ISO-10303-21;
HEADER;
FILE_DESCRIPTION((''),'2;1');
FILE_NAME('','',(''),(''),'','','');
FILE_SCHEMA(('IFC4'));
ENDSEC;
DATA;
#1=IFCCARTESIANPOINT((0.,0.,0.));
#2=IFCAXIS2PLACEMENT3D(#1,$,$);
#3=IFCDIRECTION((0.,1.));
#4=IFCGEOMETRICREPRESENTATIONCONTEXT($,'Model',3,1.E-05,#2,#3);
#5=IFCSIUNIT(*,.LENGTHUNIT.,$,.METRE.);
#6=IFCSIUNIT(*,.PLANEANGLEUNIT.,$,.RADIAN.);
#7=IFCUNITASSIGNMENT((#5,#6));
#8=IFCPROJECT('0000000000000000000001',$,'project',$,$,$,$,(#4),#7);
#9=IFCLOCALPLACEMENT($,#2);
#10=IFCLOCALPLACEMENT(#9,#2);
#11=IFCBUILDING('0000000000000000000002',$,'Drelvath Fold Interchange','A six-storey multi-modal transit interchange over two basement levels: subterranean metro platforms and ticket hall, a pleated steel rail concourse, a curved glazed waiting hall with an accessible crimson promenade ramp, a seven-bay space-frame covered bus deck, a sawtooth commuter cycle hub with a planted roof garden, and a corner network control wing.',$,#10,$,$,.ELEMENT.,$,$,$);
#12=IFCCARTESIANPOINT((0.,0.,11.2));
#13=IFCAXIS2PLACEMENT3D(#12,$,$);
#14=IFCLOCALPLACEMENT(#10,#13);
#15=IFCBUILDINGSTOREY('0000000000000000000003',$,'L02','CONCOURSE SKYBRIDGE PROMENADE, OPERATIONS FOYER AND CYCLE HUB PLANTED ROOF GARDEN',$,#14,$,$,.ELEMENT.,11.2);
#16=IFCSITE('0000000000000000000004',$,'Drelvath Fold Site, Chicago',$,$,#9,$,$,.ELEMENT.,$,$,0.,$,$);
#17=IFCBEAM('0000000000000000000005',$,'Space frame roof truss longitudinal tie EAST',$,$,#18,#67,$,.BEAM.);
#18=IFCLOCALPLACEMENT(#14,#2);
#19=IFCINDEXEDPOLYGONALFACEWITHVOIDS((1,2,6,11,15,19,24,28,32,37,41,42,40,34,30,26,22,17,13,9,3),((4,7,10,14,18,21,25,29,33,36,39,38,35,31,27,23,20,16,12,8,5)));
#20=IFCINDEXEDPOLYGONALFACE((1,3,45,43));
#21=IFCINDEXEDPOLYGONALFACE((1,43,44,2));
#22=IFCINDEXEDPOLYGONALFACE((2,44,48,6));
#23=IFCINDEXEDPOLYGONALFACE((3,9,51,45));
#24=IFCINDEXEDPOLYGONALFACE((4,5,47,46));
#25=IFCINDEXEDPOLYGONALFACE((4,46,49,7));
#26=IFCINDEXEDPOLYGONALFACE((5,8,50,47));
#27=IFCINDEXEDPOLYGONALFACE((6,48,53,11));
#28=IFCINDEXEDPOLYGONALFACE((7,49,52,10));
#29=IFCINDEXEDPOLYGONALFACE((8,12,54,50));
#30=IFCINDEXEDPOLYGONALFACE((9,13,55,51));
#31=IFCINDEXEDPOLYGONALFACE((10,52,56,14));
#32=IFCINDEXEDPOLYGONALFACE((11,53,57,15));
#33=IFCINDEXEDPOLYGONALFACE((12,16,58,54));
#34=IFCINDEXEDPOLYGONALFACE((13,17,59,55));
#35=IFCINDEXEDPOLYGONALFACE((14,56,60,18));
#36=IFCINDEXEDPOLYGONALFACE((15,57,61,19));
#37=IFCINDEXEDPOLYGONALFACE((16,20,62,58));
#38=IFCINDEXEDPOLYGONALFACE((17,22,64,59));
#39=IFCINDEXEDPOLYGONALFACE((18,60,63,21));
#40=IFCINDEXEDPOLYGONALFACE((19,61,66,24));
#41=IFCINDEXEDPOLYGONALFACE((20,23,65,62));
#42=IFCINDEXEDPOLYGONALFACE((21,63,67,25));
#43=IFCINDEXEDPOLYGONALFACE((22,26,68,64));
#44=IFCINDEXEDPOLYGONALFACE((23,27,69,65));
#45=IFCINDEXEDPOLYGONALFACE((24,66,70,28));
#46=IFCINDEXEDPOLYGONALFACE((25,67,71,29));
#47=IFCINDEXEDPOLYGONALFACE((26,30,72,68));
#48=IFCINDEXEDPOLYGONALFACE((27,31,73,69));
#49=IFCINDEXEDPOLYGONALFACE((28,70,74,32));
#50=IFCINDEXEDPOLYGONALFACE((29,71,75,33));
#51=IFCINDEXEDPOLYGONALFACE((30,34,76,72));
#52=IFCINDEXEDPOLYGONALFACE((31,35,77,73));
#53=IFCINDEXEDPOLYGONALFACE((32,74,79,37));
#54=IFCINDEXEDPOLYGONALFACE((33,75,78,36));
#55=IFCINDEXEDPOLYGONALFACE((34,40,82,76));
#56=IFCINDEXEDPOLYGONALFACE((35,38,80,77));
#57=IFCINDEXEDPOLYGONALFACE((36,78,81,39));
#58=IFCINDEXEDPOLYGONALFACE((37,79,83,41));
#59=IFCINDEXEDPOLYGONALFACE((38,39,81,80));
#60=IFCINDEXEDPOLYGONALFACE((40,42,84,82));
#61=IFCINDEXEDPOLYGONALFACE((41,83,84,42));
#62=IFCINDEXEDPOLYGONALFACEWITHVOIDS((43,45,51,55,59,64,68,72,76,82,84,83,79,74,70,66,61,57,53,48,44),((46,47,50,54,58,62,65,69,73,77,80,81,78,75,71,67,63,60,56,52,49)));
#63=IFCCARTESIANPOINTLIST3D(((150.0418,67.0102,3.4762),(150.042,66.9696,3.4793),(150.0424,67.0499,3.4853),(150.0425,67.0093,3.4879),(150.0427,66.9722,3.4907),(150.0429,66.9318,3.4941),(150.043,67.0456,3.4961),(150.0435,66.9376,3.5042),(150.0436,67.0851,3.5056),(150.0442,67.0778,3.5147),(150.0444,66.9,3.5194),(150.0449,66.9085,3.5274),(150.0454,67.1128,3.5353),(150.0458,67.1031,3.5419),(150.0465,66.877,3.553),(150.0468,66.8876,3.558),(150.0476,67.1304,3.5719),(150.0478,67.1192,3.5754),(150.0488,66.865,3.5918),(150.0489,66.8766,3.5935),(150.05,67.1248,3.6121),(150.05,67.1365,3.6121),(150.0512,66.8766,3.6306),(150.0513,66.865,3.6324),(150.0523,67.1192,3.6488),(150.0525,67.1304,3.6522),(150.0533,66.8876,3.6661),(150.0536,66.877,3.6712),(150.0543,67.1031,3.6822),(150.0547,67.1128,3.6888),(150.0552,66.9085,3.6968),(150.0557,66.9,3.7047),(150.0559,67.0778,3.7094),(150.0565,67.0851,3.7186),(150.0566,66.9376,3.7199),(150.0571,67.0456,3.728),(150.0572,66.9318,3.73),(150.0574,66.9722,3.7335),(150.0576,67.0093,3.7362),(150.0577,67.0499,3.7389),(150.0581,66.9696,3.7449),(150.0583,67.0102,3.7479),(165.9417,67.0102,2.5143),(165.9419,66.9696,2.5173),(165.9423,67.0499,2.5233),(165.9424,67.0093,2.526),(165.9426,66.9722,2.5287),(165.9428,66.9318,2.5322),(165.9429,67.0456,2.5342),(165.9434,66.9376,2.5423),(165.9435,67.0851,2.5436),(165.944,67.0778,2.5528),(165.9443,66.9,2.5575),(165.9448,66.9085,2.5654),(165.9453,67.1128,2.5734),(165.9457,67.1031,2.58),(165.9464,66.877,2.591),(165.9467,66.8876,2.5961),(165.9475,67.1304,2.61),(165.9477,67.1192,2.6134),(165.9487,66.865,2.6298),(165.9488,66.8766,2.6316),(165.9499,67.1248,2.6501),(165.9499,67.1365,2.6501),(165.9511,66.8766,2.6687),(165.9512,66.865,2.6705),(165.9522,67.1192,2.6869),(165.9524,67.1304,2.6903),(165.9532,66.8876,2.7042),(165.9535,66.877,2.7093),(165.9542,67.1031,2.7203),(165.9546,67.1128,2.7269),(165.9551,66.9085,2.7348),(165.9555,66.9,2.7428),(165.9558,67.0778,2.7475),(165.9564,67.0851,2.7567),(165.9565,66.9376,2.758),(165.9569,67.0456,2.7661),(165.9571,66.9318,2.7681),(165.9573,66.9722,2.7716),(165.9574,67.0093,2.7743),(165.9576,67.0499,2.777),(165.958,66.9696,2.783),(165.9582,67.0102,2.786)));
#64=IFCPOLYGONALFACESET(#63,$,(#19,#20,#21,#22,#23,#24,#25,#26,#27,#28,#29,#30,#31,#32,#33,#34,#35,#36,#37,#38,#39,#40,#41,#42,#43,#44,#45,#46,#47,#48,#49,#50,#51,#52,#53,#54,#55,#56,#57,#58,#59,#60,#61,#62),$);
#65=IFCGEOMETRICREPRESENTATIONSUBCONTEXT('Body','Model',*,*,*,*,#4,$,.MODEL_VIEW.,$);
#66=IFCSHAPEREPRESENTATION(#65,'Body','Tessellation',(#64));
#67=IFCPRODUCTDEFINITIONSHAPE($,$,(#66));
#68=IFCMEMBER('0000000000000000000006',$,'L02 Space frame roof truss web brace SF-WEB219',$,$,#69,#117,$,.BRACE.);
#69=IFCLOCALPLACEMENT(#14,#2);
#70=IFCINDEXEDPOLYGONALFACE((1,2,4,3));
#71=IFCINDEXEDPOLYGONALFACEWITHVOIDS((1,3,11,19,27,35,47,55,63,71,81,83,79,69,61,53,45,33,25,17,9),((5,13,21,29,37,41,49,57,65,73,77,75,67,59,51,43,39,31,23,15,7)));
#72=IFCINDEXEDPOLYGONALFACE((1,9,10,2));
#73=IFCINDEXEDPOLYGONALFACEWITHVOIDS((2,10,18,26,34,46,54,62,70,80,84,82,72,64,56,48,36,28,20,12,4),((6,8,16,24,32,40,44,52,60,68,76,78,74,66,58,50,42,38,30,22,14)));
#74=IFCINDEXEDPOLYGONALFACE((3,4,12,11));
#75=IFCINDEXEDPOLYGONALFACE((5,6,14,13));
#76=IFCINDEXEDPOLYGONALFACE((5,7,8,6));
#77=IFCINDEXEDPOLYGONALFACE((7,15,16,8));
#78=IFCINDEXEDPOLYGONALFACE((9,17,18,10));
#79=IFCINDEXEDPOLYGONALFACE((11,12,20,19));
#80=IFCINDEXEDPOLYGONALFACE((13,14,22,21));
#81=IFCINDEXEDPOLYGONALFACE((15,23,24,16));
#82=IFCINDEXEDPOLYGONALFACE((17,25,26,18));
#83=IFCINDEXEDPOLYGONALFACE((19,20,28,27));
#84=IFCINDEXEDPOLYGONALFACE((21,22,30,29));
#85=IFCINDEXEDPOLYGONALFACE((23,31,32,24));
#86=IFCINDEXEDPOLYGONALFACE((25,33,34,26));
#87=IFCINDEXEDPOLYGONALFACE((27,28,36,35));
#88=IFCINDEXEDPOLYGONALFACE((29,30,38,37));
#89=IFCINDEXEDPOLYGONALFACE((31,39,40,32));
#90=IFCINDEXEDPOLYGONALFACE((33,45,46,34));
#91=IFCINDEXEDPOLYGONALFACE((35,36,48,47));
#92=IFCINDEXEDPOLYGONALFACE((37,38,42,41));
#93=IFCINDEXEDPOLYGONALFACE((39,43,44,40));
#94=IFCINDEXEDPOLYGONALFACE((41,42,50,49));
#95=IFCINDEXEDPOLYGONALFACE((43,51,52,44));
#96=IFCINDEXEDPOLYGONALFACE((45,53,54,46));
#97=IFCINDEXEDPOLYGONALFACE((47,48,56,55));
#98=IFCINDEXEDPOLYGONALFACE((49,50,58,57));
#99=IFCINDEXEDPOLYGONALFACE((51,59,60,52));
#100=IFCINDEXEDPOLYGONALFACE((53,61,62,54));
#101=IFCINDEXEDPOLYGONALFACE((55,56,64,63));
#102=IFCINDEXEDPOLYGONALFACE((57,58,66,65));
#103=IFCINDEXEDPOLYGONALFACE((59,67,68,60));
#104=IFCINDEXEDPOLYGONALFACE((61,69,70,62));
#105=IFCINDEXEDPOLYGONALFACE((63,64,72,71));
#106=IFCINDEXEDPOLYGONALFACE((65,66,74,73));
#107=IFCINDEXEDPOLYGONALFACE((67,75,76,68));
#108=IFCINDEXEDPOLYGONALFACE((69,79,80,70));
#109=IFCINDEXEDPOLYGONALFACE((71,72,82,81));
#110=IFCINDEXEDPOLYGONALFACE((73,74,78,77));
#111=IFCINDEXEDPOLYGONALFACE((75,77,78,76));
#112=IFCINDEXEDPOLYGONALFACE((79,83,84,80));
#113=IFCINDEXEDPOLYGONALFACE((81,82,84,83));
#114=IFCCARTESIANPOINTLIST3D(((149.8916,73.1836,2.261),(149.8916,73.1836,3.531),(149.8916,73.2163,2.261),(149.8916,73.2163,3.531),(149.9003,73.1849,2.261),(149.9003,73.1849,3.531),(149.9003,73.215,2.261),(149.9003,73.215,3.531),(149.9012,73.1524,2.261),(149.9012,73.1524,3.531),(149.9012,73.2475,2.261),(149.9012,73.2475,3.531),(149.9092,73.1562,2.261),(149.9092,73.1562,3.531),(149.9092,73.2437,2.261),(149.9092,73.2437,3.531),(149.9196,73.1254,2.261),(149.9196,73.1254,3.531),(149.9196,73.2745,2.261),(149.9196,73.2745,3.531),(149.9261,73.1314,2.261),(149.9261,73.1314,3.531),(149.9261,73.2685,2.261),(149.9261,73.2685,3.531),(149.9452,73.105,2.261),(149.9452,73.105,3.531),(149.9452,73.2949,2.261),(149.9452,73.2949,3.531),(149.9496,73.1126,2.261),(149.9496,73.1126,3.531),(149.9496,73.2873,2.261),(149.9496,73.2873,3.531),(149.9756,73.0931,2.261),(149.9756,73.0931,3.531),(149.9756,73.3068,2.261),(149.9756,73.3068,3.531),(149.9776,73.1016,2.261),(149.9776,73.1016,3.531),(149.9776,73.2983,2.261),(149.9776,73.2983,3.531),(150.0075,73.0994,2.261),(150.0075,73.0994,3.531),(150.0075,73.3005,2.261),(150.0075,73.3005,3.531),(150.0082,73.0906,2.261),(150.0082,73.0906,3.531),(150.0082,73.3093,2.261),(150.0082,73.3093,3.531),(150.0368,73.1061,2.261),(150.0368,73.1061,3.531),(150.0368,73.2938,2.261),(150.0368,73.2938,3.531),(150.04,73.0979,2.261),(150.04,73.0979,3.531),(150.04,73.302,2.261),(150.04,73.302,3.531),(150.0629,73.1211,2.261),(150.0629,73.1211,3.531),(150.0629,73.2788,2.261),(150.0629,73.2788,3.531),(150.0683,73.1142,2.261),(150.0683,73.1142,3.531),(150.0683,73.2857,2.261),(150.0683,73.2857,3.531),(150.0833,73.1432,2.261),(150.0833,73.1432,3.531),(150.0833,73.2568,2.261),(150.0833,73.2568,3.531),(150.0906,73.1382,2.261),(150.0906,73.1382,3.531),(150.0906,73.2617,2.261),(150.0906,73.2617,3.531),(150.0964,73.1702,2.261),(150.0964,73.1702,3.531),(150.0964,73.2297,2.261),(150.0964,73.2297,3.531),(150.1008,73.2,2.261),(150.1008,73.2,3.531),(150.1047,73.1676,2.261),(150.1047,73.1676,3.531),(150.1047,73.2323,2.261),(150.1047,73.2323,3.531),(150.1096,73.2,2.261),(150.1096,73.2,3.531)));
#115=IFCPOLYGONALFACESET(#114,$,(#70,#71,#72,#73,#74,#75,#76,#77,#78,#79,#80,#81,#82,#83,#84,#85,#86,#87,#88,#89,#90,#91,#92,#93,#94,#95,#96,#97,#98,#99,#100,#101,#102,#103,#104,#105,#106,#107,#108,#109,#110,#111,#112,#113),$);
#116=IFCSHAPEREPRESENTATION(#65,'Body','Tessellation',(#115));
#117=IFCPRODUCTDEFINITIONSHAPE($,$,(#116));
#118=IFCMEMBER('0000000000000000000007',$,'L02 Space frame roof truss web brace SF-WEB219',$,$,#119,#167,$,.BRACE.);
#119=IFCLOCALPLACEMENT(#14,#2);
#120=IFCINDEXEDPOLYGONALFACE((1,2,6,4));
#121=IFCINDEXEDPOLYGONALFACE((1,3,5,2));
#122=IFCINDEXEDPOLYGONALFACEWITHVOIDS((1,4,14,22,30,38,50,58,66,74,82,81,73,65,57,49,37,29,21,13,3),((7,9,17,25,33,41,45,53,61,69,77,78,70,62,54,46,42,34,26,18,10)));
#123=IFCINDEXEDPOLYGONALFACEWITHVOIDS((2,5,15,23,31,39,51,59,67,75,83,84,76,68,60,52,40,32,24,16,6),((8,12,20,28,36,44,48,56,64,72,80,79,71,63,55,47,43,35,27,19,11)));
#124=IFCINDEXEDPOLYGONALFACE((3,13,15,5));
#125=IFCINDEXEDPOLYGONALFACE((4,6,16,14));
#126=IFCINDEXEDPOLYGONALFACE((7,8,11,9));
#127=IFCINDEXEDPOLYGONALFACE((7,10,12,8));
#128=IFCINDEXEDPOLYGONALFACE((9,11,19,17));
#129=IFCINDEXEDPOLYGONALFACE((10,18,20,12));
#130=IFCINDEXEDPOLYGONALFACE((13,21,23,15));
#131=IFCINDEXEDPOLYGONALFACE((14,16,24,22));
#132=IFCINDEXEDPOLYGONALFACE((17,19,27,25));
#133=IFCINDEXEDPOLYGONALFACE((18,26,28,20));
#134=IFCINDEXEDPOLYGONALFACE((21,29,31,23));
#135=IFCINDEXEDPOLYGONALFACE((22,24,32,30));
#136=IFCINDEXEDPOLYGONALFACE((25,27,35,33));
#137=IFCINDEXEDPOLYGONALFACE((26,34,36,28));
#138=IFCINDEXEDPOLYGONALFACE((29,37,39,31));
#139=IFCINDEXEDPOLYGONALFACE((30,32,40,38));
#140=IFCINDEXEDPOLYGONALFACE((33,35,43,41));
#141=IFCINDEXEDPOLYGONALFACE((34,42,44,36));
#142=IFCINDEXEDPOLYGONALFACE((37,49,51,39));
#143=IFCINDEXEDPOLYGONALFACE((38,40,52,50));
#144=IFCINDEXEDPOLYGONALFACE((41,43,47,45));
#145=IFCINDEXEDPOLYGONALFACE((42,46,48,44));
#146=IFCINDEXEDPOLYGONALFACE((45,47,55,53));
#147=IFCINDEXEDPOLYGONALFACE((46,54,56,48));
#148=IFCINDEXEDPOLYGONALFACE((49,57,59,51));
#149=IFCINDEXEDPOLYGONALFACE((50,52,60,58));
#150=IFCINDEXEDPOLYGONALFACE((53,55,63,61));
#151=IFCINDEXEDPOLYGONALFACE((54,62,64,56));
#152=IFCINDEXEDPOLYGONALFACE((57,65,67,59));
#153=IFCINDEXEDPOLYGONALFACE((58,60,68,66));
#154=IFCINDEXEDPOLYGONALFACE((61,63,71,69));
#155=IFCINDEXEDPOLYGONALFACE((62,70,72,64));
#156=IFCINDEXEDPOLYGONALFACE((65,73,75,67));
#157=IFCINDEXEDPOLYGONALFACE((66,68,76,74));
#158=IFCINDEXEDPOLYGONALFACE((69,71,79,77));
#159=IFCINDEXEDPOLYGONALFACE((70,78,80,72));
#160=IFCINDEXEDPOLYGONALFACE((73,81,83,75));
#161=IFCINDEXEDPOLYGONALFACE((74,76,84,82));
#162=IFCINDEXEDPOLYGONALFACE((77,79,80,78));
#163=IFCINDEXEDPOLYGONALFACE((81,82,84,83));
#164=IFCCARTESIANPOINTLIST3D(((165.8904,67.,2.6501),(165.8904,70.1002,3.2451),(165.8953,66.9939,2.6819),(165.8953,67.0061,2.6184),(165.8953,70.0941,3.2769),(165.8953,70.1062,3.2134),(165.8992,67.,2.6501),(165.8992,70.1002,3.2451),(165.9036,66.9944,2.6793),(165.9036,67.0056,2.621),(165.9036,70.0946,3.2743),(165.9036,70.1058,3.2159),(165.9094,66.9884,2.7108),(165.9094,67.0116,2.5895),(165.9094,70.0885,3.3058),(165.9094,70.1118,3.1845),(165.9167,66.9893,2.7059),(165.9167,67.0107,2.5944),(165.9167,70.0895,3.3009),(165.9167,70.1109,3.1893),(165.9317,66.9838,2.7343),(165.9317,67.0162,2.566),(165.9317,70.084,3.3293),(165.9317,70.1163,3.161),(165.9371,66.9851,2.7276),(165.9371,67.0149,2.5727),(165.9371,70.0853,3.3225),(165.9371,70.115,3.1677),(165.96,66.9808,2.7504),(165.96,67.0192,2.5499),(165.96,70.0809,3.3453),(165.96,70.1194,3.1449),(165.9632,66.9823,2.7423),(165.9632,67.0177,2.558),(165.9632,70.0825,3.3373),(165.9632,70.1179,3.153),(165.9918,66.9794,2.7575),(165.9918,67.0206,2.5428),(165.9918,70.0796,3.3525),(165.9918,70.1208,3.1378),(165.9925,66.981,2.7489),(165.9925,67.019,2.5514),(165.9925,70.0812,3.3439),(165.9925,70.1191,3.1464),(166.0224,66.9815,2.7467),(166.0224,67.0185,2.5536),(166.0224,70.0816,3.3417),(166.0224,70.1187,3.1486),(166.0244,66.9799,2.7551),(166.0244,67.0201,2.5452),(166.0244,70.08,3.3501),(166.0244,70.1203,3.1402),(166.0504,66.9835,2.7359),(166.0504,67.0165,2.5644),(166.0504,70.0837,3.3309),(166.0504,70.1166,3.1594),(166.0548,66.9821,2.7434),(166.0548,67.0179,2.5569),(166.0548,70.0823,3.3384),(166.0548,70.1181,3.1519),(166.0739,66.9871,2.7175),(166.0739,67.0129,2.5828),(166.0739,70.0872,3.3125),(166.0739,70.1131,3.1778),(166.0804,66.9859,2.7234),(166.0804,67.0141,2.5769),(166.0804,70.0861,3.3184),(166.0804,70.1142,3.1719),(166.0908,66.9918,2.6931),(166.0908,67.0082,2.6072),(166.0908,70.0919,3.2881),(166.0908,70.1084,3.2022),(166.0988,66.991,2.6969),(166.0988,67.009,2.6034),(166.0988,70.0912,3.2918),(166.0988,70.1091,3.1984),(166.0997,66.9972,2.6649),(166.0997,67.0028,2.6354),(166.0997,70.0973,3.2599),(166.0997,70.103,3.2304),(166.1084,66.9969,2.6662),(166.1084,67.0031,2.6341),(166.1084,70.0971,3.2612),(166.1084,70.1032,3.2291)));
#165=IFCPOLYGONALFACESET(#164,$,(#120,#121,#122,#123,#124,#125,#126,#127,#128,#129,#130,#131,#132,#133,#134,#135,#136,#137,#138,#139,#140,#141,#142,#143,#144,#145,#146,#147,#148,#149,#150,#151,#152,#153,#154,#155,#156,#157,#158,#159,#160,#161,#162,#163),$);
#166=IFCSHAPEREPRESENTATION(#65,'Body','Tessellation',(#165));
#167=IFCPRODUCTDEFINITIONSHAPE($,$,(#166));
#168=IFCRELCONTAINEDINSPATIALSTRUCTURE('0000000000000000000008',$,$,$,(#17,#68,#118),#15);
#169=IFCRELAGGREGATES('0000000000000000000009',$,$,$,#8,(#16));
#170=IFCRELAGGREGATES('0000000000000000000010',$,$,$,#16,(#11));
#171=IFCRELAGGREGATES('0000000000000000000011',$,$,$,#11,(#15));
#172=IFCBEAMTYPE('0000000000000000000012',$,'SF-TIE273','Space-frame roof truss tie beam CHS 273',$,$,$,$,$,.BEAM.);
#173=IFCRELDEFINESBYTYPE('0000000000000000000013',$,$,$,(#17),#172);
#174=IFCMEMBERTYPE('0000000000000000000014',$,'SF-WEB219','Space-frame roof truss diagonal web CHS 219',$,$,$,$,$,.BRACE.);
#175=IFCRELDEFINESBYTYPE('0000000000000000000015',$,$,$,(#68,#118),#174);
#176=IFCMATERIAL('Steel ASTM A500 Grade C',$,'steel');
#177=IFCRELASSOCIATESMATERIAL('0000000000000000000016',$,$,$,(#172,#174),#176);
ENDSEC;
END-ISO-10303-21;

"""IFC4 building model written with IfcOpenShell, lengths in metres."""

from ifc_helpers import new_model, si_unit, direction, frame, origin, origin_2d, place, context, subcontext, project, spatial, hollow_circle, extrude, material, material_profile, profile_set, type_object, element, save


model = new_model("IFC4")

# Units and contexts
model_context = context("Model", 3, precision=1e-05, world=origin(), true_north=direction((0.0, 1.0)))
body_context = subcontext(model_context, "Body", "Model", "MODEL_VIEW")
ifc_project = project(units=[si_unit("LENGTHUNIT", "METRE"), si_unit("PLANEANGLEUNIT", "RADIAN")], contexts=[model_context])

# Site, building, storey
site_placement = place(None, origin())
site = spatial("IfcSite", under=ifc_project, at=site_placement, Name="Drelvath Fold Site, Chicago", CompositionType="ELEMENT", RefElevation=0.0)
building_placement = place(site_placement, origin())
building = spatial("IfcBuilding", under=site, at=building_placement, Name="Drelvath Fold Interchange", Description="A six-storey multi-modal transit interchange over two basement levels: subterranean metro platforms and ticket hall, a pleated steel rail concourse, a curved glazed waiting hall with an accessible crimson promenade ramp, a seven-bay space-frame covered bus deck, a sawtooth commuter cycle hub with a planted roof garden, and a corner network control wing.", CompositionType="ELEMENT")
storey_placement = place(building_placement, frame((0.0, 0.0, 11.2)))
storey = spatial("IfcBuildingStorey", under=building, at=storey_placement, Name="L02", Description="CONCOURSE SKYBRIDGE PROMENADE, OPERATIONS FOYER AND CYCLE HUB PLANTED ROOF GARDEN", CompositionType="ELEMENT", Elevation=11.2)

# Shared definitions
ifc_material_1 = material(Name="Steel ASTM A500 Grade C", Category="steel")

# Beam
ifc_material_profile_1 = material_profile(ifc_material_1, hollow_circle(Radius=0.1365, WallThickness=0.0117, at=origin_2d()), Name="HSS10.750X0.500")
ifc_profile_set_1 = profile_set([ifc_material_profile_1], Name="Steel ASTM A500 Grade C")
beam_type_1 = type_object("IfcBeamType", Name="SF-TIE273", Description="Space-frame roof truss tie beam CHS 273", PredefinedType="BEAM", material=ifc_profile_set_1)
beam_1_placement = place(storey_placement, frame((150.05, 67.0, 3.6121), z_axis=(0.998175, 0.0, -0.060388), x_axis=(0.0, 1.0, 0.0)))
element("IfcBeam", 1, at=beam_1_placement, inside=storey, type_object=beam_type_1, Name="Space frame roof truss longitudinal tie EAST", PredefinedType="BEAM", context=body_context, shape_type="SweptSolid", body=[
    extrude(hollow_circle(Radius=0.1365, WallThickness=0.0117, at=origin_2d()), origin(), (0.0, 0.0, 1.0), 15.929),
])

# Members
ifc_material_profile_2 = material_profile(ifc_material_1, hollow_circle(Radius=0.1096, WallThickness=0.0088, at=origin_2d()), Name="HSS8.625X0.375")
ifc_profile_set_2 = profile_set([ifc_material_profile_2], Name="Steel ASTM A500 Grade C")
member_type_1 = type_object("IfcMemberType", Name="SF-WEB219", Description="Space-frame roof truss diagonal web CHS 219", PredefinedType="BRACE", material=ifc_profile_set_2)
member_1_placement = place(storey_placement, frame((150.0, 73.2, 2.261), z_axis=(0.0, 0.0, 1.0), x_axis=(1.0, 0.0, 0.0)))
element("IfcMember", 2, at=member_1_placement, inside=storey, type_object=member_type_1, Name="L02 Space frame roof truss web brace SF-WEB219", PredefinedType="BRACE", context=body_context, shape_type="SweptSolid", body=[
    extrude(hollow_circle(Radius=0.1096, WallThickness=0.0088, at=origin_2d()), origin(), (0.0, 0.0, 1.0), 1.27),
])
member_2_placement = place(storey_placement, frame((166.0, 67.0, 2.6501), z_axis=(0.0, 0.982077, 0.18848), x_axis=(-1.0, 0.0, 0.0)))
element("IfcMember", 3, at=member_2_placement, inside=storey, type_object=member_type_1, Name="L02 Space frame roof truss web brace SF-WEB219", PredefinedType="BRACE", context=body_context, shape_type="SweptSolid", body=[
    extrude(hollow_circle(Radius=0.1096, WallThickness=0.0088, at=origin_2d()), origin(), (0.0, 0.0, 1.0), 3.1567),
])

save(model, "model.ifc")
